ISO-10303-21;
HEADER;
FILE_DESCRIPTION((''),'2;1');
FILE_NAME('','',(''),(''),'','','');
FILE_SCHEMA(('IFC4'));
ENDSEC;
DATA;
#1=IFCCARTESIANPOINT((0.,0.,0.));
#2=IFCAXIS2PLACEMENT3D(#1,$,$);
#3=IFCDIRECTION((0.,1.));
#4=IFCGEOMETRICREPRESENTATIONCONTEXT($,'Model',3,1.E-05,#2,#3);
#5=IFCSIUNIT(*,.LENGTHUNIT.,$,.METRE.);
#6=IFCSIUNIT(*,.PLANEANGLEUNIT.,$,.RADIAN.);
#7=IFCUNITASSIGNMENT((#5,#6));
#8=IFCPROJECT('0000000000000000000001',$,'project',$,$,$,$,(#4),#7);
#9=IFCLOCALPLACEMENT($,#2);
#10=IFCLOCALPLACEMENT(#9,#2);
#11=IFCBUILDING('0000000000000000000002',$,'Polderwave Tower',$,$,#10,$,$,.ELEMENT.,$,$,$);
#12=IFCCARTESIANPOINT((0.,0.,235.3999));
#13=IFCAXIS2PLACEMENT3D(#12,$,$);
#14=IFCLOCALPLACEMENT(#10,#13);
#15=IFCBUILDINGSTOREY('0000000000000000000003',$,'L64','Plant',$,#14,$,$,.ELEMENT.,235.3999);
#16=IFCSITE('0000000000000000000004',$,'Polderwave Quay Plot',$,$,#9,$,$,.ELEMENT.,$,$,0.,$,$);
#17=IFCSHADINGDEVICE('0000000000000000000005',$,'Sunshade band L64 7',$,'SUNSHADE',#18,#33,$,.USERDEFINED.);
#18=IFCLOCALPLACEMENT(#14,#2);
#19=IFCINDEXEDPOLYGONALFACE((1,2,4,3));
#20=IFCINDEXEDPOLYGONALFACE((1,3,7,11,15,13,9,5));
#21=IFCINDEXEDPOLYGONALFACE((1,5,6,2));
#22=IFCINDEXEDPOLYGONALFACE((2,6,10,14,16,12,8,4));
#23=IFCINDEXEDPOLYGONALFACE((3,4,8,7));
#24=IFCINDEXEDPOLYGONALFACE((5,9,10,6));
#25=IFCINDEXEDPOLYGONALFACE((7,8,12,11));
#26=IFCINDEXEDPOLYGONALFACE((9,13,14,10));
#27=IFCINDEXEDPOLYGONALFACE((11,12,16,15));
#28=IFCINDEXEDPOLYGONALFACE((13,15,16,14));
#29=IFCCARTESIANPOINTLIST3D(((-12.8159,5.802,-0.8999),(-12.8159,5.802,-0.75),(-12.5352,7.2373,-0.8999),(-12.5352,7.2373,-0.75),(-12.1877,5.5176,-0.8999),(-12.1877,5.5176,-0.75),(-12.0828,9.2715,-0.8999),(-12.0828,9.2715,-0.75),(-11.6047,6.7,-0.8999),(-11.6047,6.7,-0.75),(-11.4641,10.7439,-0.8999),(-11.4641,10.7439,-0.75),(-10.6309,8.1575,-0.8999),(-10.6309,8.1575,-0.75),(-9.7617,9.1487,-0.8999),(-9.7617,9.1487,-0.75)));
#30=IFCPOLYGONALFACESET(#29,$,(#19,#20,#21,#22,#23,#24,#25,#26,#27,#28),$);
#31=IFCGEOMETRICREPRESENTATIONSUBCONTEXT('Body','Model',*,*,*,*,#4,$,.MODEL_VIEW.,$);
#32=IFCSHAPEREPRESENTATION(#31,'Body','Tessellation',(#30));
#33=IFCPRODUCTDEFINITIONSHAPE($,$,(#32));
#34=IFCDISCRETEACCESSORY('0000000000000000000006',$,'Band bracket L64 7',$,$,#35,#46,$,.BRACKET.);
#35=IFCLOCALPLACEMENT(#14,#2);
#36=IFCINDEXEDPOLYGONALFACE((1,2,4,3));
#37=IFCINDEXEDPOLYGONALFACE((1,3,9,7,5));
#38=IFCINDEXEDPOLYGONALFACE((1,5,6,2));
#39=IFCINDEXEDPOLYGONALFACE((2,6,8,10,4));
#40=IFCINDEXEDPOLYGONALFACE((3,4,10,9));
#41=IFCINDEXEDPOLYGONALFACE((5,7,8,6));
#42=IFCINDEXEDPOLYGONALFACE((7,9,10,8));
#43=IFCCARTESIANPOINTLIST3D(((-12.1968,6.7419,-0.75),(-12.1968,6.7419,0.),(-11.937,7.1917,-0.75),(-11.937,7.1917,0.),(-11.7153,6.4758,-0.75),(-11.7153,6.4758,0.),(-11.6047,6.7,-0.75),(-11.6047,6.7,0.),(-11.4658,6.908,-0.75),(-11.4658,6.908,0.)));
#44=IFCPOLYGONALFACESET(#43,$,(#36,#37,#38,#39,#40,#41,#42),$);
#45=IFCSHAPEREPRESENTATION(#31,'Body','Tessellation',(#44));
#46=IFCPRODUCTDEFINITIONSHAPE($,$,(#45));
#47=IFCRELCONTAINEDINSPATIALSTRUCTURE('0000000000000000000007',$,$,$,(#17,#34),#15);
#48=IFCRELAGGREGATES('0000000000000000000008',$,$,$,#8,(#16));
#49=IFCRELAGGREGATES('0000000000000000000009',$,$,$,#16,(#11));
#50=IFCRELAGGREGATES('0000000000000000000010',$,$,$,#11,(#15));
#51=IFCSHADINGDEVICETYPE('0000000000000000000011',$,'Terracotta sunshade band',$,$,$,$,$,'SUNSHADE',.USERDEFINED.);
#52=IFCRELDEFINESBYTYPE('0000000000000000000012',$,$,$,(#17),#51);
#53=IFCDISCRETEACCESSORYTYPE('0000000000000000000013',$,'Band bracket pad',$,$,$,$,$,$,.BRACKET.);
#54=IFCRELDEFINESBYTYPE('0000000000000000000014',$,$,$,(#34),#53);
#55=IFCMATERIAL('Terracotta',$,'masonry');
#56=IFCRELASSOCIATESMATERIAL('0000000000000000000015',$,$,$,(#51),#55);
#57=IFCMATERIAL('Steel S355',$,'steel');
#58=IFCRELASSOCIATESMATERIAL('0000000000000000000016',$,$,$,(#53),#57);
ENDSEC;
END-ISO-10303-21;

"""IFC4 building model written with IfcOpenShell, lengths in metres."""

from ifc_helpers import new_model, si_unit, direction, frame, origin, place, context, subcontext, project, spatial, polyline, outline, extrude, material, type_object, element, save


model = new_model("IFC4")

# Units and contexts
model_context = context("Model", 3, precision=1e-05, world=origin(), true_north=direction((0.0, 1.0)))
body_context = subcontext(model_context, "Body", "Model", "MODEL_VIEW")
ifc_project = project(units=[si_unit("LENGTHUNIT", "METRE"), si_unit("PLANEANGLEUNIT", "RADIAN")], contexts=[model_context])

# Site, building, storey
site_placement = place(None, origin())
site = spatial("IfcSite", under=ifc_project, at=site_placement, Name="Polderwave Quay Plot", CompositionType="ELEMENT", RefElevation=0.0)
building_placement = place(site_placement, origin())
building = spatial("IfcBuilding", under=site, at=building_placement, Name="Polderwave Tower", CompositionType="ELEMENT")
storey_placement = place(building_placement, frame((0.0, 0.0, 235.3999)))
storey = spatial("IfcBuildingStorey", under=building, at=storey_placement, Name="L64", Description="Plant", CompositionType="ELEMENT", Elevation=235.3999)

# Shared definitions
ifc_material_1 = material(Name="Steel S355", Category="steel")

# Shading device
ifc_material_2 = material(Name="Terracotta", Category="masonry")
shading_device_type = type_object("IfcShadingDeviceType", Name="Terracotta sunshade band", ElementType="SUNSHADE", PredefinedType="USERDEFINED", material=ifc_material_2)
shading_device_1_placement = place(storey_placement, frame((0.0, 0.0, -0.8999)))
element("IfcShadingDevice", 1, at=shading_device_1_placement, inside=storey, type_object=shading_device_type, Name="Sunshade band L64 7", ObjectType="SUNSHADE", PredefinedType="USERDEFINED", context=body_context, shape_type="SweptSolid", body=[
    extrude(outline(polyline([(-9.7617, 9.1487), (-10.6309, 8.1575), (-11.6047, 6.7), (-12.1877, 5.5176), (-12.8159, 5.802), (-12.5352, 7.2373), (-12.0828, 9.2715), (-11.4641, 10.7439), (-9.7617, 9.1487)])), origin(), (0.0, 0.0, 1.0), 0.1499),
])

# Discrete accessory
discrete_accessory_type = type_object("IfcDiscreteAccessoryType", Name="Band bracket pad", PredefinedType="BRACKET", material=ifc_material_1)
discrete_accessory_placement = place(storey_placement, frame((0.0, 0.0, -0.75)))
element("IfcDiscreteAccessory", 2, at=discrete_accessory_placement, inside=storey, type_object=discrete_accessory_type, Name="Band bracket L64 7", PredefinedType="BRACKET", context=body_context, shape_type="SweptSolid", body=[
    extrude(outline(polyline([(-11.4658, 6.908), (-11.6047, 6.7), (-11.7153, 6.4758), (-12.1968, 6.7419), (-11.937, 7.1917), (-11.4658, 6.908)])), origin(), (0.0, 0.0, 1.0), 0.75),
])

save(model, "model.ifc")
